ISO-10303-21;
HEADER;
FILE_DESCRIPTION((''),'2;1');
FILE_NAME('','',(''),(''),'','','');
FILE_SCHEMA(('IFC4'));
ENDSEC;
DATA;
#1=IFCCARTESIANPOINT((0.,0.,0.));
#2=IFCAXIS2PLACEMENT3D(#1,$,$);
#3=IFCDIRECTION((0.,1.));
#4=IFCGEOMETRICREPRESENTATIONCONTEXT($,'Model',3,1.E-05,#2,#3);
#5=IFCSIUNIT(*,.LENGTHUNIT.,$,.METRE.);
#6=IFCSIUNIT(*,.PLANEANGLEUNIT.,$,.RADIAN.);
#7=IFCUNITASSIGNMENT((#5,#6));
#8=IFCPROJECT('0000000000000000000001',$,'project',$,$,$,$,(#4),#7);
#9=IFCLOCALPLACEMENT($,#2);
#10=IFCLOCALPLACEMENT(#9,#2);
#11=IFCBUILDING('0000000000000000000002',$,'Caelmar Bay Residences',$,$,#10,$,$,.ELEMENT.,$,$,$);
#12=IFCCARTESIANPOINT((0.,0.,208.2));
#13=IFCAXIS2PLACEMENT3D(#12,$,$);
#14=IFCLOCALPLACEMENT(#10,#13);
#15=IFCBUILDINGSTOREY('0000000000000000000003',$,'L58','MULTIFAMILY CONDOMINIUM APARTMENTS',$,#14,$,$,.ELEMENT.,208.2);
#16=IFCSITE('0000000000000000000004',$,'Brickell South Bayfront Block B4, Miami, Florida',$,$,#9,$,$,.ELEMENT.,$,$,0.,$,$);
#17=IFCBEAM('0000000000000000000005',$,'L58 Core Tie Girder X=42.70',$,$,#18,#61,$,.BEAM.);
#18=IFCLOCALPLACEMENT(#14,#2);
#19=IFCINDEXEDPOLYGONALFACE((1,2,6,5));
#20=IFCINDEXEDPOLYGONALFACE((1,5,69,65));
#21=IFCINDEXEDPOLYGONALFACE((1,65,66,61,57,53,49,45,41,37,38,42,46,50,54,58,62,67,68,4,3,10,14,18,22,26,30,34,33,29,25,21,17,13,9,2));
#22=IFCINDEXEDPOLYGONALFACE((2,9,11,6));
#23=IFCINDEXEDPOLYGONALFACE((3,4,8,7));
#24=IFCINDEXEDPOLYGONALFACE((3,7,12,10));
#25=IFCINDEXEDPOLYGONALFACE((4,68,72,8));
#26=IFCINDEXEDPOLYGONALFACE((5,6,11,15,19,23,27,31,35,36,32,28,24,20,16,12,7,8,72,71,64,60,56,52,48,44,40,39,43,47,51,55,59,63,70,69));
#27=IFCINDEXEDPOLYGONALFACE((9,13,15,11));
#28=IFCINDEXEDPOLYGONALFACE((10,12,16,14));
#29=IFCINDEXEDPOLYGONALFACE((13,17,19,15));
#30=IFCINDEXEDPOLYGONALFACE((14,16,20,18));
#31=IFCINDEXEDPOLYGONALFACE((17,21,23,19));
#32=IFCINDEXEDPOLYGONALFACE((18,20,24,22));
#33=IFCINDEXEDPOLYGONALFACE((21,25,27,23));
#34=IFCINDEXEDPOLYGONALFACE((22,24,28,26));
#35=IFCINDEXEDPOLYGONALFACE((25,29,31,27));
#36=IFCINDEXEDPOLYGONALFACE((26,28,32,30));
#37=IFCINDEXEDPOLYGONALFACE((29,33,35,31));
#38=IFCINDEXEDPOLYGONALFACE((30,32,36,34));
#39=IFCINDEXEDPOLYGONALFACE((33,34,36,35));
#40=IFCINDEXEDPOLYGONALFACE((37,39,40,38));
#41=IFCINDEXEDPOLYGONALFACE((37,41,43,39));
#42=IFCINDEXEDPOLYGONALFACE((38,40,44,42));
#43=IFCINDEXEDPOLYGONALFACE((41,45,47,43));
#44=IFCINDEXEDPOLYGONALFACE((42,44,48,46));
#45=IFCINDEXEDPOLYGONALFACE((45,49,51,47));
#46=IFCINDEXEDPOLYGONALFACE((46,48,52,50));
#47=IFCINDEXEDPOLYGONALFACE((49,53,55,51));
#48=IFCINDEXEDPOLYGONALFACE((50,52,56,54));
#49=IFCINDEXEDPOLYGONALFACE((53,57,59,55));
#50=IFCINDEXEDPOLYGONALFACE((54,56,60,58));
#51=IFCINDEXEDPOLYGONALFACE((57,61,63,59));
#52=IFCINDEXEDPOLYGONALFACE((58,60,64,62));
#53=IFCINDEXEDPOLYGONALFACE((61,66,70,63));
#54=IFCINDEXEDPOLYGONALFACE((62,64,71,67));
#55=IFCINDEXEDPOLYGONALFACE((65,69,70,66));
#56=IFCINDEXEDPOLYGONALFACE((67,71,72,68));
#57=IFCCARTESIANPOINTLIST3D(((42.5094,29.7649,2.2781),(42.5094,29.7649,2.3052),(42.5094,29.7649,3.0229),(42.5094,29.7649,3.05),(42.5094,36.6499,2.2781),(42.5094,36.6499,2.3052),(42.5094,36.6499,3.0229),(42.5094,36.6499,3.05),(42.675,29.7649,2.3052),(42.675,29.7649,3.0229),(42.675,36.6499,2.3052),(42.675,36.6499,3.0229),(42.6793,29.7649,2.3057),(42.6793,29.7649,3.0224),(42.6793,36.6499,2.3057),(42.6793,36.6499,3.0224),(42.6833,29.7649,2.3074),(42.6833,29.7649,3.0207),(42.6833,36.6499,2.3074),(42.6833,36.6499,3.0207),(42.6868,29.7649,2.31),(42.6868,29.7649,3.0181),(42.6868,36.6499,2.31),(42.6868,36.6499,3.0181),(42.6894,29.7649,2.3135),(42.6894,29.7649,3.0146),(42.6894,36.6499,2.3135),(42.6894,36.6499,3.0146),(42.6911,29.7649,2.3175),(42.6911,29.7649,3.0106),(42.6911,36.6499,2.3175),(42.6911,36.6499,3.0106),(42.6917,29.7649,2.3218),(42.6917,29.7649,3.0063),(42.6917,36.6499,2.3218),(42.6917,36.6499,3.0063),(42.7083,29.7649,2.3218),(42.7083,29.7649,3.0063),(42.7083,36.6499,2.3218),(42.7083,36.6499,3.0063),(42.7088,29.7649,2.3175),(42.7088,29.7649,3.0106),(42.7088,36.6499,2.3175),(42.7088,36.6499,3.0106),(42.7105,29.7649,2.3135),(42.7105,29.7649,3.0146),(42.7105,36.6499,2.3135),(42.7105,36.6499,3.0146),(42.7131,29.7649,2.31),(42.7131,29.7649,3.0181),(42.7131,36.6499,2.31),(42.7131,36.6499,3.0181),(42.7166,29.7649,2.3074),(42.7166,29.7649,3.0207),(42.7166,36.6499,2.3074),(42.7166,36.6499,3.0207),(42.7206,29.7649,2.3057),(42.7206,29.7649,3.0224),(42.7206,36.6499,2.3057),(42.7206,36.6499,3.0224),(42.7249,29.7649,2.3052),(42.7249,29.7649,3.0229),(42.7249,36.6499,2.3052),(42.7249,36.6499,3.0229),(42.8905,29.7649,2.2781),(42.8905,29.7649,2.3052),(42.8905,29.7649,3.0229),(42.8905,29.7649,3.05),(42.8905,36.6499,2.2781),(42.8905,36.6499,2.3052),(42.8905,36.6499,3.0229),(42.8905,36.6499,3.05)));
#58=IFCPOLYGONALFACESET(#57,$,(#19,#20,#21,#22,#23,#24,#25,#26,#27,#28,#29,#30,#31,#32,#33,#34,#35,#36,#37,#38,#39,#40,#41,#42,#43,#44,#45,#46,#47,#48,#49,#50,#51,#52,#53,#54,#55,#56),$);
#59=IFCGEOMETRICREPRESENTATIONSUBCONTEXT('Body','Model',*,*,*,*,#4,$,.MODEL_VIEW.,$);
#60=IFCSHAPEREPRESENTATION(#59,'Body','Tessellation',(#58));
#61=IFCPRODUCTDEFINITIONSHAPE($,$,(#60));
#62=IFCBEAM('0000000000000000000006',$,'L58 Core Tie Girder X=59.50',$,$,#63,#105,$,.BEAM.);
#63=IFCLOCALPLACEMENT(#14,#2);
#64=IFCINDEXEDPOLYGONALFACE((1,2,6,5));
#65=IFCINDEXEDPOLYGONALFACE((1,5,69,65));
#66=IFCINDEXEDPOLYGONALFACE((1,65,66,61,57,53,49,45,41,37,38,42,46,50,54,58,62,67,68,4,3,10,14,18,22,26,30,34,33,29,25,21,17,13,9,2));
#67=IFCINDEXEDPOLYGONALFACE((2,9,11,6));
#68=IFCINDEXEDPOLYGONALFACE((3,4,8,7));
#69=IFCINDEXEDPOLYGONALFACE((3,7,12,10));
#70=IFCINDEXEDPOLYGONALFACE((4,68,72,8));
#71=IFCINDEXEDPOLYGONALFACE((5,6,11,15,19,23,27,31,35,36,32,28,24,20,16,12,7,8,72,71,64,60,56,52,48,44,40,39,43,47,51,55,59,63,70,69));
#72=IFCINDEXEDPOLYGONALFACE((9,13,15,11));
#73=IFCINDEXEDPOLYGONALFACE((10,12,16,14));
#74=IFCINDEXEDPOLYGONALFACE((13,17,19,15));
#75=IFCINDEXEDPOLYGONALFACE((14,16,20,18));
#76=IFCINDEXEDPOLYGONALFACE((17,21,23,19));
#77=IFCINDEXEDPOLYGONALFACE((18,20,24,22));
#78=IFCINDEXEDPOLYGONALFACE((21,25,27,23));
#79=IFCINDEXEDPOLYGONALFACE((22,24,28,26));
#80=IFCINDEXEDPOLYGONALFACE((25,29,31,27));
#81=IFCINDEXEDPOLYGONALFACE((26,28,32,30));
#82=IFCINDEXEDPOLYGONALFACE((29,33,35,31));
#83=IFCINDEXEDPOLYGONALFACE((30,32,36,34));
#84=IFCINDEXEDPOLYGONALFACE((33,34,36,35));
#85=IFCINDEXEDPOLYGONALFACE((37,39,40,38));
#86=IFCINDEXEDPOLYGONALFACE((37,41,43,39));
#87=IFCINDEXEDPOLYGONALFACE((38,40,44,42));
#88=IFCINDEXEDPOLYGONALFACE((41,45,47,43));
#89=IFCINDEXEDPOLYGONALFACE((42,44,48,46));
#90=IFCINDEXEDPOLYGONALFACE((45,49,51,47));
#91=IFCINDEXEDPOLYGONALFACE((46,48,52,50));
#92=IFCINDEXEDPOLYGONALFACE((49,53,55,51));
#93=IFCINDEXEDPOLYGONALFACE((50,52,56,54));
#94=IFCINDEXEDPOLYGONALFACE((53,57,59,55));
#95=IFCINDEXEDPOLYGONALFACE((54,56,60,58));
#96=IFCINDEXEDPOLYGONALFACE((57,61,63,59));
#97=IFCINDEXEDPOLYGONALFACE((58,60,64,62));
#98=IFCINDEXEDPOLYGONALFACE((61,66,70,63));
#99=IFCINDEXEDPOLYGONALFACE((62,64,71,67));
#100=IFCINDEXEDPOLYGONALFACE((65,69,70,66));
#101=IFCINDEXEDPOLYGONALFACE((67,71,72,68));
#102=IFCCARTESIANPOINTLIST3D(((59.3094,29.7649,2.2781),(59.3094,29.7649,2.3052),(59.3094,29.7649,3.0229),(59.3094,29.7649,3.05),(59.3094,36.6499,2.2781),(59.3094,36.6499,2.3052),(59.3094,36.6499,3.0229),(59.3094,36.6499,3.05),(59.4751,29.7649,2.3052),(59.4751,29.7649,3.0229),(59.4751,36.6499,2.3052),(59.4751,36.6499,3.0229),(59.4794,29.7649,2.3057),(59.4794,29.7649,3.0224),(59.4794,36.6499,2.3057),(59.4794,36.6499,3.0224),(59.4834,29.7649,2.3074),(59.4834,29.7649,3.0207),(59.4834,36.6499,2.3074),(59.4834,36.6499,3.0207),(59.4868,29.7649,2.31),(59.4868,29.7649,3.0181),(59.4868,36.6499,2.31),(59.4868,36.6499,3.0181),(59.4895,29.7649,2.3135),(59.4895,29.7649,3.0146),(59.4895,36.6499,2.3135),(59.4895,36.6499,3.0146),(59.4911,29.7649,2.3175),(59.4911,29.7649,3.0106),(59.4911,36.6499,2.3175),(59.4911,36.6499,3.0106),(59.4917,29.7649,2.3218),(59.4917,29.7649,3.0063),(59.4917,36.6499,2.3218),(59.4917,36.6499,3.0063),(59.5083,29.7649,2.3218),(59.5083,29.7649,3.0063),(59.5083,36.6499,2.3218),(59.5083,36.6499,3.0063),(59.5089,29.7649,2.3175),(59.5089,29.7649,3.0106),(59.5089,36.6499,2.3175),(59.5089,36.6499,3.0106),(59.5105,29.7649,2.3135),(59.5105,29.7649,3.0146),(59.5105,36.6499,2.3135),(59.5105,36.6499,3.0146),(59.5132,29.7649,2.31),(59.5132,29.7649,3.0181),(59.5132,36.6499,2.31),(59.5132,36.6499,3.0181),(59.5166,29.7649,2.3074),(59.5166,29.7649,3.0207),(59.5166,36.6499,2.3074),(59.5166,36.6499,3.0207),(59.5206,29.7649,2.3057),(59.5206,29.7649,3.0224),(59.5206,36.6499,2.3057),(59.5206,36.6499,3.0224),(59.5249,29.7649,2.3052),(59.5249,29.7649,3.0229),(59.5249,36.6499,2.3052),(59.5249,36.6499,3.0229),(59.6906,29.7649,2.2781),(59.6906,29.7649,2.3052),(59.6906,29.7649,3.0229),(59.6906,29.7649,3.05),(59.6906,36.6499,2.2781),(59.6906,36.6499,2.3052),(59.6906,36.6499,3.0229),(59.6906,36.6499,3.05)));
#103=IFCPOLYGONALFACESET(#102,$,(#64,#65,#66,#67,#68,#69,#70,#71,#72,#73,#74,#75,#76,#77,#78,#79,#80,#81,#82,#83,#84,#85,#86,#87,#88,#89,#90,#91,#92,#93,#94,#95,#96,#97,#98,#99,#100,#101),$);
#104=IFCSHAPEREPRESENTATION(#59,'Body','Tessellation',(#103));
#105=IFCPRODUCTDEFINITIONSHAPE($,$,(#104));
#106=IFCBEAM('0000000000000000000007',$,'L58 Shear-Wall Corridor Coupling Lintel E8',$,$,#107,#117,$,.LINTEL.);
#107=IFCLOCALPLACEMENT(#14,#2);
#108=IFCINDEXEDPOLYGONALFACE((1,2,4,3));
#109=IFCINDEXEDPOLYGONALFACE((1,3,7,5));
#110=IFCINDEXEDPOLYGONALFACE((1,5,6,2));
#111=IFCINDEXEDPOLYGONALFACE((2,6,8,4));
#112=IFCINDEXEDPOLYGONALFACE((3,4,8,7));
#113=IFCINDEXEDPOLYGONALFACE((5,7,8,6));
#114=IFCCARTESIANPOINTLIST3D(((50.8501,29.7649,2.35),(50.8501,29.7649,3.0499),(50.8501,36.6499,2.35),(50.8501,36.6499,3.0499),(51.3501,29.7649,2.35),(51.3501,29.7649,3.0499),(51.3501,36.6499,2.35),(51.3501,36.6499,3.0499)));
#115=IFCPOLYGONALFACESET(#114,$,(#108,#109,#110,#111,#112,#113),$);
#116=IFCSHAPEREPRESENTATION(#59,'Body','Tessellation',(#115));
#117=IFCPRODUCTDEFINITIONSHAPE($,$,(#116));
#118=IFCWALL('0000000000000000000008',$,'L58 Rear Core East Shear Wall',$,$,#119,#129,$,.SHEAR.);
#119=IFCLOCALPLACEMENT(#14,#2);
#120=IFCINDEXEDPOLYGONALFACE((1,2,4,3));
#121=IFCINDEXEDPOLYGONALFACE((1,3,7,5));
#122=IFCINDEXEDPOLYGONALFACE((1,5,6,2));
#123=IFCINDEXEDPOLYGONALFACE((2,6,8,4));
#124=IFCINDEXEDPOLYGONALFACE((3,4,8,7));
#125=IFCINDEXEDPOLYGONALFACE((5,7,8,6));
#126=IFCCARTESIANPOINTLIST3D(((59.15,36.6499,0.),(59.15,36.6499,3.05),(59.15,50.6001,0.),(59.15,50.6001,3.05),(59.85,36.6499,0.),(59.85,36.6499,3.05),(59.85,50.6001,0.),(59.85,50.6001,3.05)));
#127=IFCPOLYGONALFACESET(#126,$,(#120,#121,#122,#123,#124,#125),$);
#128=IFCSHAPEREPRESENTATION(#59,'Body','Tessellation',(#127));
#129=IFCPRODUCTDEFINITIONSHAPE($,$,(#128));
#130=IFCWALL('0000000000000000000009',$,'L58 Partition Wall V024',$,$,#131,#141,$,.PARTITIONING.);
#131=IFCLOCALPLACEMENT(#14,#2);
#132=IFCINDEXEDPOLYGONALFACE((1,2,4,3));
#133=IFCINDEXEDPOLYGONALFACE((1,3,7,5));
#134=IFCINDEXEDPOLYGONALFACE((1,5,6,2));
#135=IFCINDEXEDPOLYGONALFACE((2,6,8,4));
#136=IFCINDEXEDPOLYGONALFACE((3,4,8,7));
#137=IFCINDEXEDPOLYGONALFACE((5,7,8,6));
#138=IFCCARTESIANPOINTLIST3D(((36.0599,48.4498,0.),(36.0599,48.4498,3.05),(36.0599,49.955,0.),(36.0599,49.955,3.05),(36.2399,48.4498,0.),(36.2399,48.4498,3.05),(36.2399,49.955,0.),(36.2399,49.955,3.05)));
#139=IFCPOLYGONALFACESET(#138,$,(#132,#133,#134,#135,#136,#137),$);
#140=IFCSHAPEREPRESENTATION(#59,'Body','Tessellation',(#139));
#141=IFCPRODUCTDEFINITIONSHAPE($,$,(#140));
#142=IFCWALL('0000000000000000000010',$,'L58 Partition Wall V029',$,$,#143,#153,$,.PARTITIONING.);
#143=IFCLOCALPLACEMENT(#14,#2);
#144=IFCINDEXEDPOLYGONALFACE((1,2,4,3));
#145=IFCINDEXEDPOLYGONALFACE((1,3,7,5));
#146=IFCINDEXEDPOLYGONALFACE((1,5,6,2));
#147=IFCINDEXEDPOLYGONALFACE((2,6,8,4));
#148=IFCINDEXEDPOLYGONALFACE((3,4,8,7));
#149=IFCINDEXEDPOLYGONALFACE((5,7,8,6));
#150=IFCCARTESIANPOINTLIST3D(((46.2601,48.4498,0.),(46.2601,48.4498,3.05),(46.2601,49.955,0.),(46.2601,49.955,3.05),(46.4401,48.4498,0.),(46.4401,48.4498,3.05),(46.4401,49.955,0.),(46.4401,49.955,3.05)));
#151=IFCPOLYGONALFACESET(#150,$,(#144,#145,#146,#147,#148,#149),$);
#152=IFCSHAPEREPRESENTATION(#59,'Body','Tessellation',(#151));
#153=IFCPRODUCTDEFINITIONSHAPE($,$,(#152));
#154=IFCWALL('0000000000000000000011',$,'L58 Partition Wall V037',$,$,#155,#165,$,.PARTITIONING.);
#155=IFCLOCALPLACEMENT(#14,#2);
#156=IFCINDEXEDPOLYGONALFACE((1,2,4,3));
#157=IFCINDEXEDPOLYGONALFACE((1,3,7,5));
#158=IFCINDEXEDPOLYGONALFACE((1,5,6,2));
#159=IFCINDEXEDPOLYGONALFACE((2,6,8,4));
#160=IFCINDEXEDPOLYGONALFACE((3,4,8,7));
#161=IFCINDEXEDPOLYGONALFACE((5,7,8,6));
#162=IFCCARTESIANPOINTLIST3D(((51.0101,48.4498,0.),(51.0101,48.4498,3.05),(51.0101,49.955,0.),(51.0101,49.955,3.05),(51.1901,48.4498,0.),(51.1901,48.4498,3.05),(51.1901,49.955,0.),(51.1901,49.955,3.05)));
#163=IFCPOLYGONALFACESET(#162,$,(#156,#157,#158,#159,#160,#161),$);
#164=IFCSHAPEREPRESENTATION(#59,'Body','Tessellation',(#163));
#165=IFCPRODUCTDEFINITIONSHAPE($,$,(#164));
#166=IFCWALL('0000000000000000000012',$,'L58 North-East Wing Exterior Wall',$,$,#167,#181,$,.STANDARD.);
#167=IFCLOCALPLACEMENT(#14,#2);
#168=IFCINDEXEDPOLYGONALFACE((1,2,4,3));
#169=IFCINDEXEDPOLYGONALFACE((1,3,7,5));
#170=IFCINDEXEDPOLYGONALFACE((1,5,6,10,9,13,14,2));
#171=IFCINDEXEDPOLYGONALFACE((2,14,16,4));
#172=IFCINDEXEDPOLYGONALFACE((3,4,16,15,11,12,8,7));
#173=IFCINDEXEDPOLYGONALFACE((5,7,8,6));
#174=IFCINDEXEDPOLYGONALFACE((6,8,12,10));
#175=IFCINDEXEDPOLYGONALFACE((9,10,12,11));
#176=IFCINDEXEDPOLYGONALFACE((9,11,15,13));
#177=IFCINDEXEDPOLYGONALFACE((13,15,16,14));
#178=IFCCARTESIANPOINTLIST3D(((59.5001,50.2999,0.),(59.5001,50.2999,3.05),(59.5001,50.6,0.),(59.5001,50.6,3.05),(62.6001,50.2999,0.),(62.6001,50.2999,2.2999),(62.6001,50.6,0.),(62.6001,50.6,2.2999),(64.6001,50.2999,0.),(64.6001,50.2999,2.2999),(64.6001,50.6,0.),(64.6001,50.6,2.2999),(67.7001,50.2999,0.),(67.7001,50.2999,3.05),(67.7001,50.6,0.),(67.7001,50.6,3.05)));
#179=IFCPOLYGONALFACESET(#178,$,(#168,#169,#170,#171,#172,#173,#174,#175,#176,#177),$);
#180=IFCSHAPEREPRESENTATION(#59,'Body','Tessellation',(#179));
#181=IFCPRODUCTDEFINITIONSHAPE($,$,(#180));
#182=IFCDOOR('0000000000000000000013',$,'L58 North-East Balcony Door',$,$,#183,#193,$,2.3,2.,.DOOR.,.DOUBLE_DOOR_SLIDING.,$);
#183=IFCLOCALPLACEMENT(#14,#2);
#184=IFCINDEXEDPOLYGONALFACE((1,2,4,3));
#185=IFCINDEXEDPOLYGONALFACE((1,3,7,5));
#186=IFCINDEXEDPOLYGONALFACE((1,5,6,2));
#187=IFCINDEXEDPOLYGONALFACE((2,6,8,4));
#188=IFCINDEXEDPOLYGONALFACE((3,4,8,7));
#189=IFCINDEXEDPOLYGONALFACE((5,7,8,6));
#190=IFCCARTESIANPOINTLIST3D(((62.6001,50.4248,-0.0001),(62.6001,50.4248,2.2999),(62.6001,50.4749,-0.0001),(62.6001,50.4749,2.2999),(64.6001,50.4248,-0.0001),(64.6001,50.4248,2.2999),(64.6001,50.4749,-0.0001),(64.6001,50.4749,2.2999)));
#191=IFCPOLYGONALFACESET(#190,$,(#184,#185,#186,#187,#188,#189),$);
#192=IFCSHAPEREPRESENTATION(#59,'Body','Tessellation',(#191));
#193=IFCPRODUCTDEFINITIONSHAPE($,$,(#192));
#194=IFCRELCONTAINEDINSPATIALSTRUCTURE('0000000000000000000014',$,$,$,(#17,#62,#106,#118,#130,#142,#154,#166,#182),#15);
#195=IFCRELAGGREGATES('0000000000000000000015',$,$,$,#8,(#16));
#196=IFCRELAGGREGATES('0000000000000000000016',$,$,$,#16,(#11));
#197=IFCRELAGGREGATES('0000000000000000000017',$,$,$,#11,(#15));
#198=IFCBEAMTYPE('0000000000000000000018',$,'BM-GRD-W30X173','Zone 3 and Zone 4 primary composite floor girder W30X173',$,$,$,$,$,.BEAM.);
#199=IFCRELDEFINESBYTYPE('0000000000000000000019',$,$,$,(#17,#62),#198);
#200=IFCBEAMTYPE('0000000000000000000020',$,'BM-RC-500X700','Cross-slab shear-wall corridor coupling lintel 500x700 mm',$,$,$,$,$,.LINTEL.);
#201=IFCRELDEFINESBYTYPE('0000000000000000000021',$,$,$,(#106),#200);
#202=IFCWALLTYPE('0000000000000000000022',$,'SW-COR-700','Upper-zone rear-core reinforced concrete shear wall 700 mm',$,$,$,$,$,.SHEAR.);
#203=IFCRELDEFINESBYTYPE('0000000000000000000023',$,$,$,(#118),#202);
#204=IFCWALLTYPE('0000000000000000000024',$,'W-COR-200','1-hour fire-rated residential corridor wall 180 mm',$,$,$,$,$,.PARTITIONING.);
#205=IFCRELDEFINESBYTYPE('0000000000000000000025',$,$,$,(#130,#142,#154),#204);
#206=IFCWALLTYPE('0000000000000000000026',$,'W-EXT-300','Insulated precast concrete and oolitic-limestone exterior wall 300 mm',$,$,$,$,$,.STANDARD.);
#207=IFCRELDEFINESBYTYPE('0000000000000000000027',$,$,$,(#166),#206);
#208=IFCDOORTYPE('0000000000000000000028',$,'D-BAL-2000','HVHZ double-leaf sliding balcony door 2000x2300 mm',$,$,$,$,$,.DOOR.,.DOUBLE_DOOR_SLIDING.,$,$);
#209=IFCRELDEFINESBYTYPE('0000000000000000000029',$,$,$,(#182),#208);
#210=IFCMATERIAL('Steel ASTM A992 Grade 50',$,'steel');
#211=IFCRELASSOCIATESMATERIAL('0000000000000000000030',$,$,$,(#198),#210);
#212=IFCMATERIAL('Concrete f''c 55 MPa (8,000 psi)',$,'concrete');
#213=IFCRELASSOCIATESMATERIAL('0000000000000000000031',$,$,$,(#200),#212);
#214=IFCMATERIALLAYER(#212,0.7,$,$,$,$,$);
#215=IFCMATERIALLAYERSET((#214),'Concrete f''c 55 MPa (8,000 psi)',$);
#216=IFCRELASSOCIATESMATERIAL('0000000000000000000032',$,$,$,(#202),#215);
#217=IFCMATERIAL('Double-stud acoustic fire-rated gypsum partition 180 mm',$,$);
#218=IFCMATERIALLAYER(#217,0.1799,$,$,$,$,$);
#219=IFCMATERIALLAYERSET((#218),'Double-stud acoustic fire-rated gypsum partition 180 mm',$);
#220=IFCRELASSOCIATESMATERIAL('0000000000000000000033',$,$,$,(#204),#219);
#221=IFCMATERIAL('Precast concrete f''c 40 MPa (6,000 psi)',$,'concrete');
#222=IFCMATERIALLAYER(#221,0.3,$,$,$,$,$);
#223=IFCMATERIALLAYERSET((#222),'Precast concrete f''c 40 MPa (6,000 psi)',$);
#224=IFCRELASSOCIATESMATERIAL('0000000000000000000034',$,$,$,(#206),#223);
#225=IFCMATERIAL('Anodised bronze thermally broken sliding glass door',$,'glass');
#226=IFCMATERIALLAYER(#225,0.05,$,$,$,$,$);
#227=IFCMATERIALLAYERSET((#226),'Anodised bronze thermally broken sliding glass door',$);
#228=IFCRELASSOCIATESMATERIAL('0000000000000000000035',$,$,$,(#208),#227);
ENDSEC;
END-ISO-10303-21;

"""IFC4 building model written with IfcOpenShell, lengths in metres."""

from ifc_helpers import new_model, si_unit, direction, frame, frame_2d, origin, origin_2d, place, context, subcontext, project, spatial, rectangle, i_section, extrude, material, layer, layer_set, material_profile, profile_set, type_object, element, fill, save


model = new_model("IFC4")

# Units and contexts
model_context = context("Model", 3, precision=1e-05, world=origin(), true_north=direction((0.0, 1.0)))
body_context = subcontext(model_context, "Body", "Model", "MODEL_VIEW")
ifc_project = project(units=[si_unit("LENGTHUNIT", "METRE"), si_unit("PLANEANGLEUNIT", "RADIAN")], contexts=[model_context])

# Site, building, storey
site_placement = place(None, origin())
site = spatial("IfcSite", under=ifc_project, at=site_placement, Name="Brickell South Bayfront Block B4, Miami, Florida", CompositionType="ELEMENT", RefElevation=0.0)
building_placement = place(site_placement, origin())
building = spatial("IfcBuilding", under=site, at=building_placement, Name="Caelmar Bay Residences", CompositionType="ELEMENT")
storey_placement = place(building_placement, frame((0.0, 0.0, 208.2)))
storey = spatial("IfcBuildingStorey", under=building, at=storey_placement, Name="L58", Description="MULTIFAMILY CONDOMINIUM APARTMENTS", CompositionType="ELEMENT", Elevation=208.2)

# Beams
ifc_material_1 = material(Name="Steel ASTM A992 Grade 50", Category="steel")
ifc_material_profile_1 = material_profile(ifc_material_1, i_section(OverallWidth=0.3811, OverallDepth=0.772, WebThickness=0.0166, FlangeThickness=0.0271, FilletRadius=0.0166, at=origin_2d()), Name="W30X173")
ifc_profile_set_1 = profile_set([ifc_material_profile_1], Name="Steel ASTM A992 Grade 50")
beam_type_1 = type_object("IfcBeamType", Name="BM-GRD-W30X173", Description="Zone 3 and Zone 4 primary composite floor girder W30X173", PredefinedType="BEAM", material=ifc_profile_set_1)
for number, where, z_axis, x_axis, name in (
    (1, (42.7, 29.7649, 2.6641), (0.0, 1.0, 0.0), (-1.0, 0.0, 0.0), "L58 Core Tie Girder X=42.70"),
    (2, (59.5, 29.7649, 2.6641), (0.0, 1.0, 0.0), (-1.0, 0.0, 0.0), "L58 Core Tie Girder X=59.50"),
):
    element("IfcBeam", number, at=place(storey_placement, frame(where, z_axis=z_axis, x_axis=x_axis)), inside=storey, type_object=beam_type_1, Name=name, PredefinedType="BEAM", context=body_context, shape_type="SweptSolid", body=[
        extrude(i_section(OverallWidth=0.3811, OverallDepth=0.772, WebThickness=0.0166, FlangeThickness=0.0271, FilletRadius=0.0166, at=origin_2d()), origin(), (0.0, 0.0, 1.0), 6.885),
    ])
ifc_material_2 = material(Name="Concrete f'c 55 MPa (8,000 psi)", Category="concrete")
ifc_material_profile_2 = material_profile(ifc_material_2, rectangle(XDim=0.5, YDim=0.7, at=origin_2d()), Name="RC-BM-500X700")
ifc_profile_set_2 = profile_set([ifc_material_profile_2], Name="Concrete f'c 55 MPa (8,000 psi)")
beam_type_2 = type_object("IfcBeamType", Name="BM-RC-500X700", Description="Cross-slab shear-wall corridor coupling lintel 500x700 mm", PredefinedType="LINTEL", material=ifc_profile_set_2)
beam_placement = place(storey_placement, frame((51.1001, 29.7649, 2.7), z_axis=(0.0, 1.0, 0.0), x_axis=(-1.0, 0.0, 0.0)))
element("IfcBeam", 3, at=beam_placement, inside=storey, type_object=beam_type_2, Name="L58 Shear-Wall Corridor Coupling Lintel E8", PredefinedType="LINTEL", context=body_context, shape_type="SweptSolid", body=[
    extrude(rectangle(XDim=0.5, YDim=0.7, at=origin_2d()), origin(), (0.0, 0.0, 1.0), 6.885),
])

# Wall
ifc_layer_1 = layer(ifc_material_2, 0.7)
ifc_layer_set_1 = layer_set([ifc_layer_1], Name="Concrete f'c 55 MPa (8,000 psi)")
wall_type_1 = type_object("IfcWallType", Name="SW-COR-700", Description="Upper-zone rear-core reinforced concrete shear wall 700 mm", PredefinedType="SHEAR", material=ifc_layer_set_1)
wall_1_placement = place(storey_placement, frame((59.5, 36.6499, 0.0), z_axis=(0.0, 0.0, 1.0), x_axis=(0.0, 1.0, 0.0)))
element("IfcWall", 4, at=wall_1_placement, inside=storey, type_object=wall_type_1, Name="L58 Rear Core East Shear Wall", PredefinedType="SHEAR", context=body_context, shape_type="SweptSolid", body=[
    extrude(rectangle(XDim=13.9502, YDim=0.7, at=frame_2d((6.9751, 0.0))), origin(), (0.0, 0.0, 1.0), 3.05),
])

# Walls
ifc_material_3 = material(Name="Double-stud acoustic fire-rated gypsum partition 180 mm")
ifc_layer_2 = layer(ifc_material_3, 0.1799)
ifc_layer_set_2 = layer_set([ifc_layer_2], Name="Double-stud acoustic fire-rated gypsum partition 180 mm")
wall_type_2 = type_object("IfcWallType", Name="W-COR-200", Description="1-hour fire-rated residential corridor wall 180 mm", PredefinedType="PARTITIONING", material=ifc_layer_set_2)
for number, where, z_axis, x_axis, name in (
    (5, (36.1499, 48.45, 0.0), (0.0, 0.0, 1.0), (0.0, 1.0, 0.0), "L58 Partition Wall V024"),
    (6, (46.3501, 48.45, 0.0), (0.0, 0.0, 1.0), (0.0, 1.0, 0.0), "L58 Partition Wall V029"),
    (7, (51.1001, 48.45, 0.0), (0.0, 0.0, 1.0), (0.0, 1.0, 0.0), "L58 Partition Wall V037"),
):
    element("IfcWall", number, at=place(storey_placement, frame(where, z_axis=z_axis, x_axis=x_axis)), inside=storey, type_object=wall_type_2, Name=name, PredefinedType="PARTITIONING", context=body_context, shape_type="SweptSolid", body=[
        extrude(rectangle(XDim=1.5051, YDim=0.1799, at=frame_2d((0.7524, 0.0))), origin(), (0.0, 0.0, 1.0), 3.05),
    ])

# Wall, opening, door
ifc_material_4 = material(Name="Precast concrete f'c 40 MPa (6,000 psi)", Category="concrete")
ifc_layer_3 = layer(ifc_material_4, 0.3)
ifc_layer_set_3 = layer_set([ifc_layer_3], Name="Precast concrete f'c 40 MPa (6,000 psi)")
wall_type_3 = type_object("IfcWallType", Name="W-EXT-300", Description="Insulated precast concrete and oolitic-limestone exterior wall 300 mm", PredefinedType="STANDARD", material=ifc_layer_set_3)
wall_2_placement = place(storey_placement, frame((59.5, 50.45, 0.0), z_axis=(0.0, 0.0, 1.0), x_axis=(1.0, 0.0, 0.0)))
wall_2 = element("IfcWall", 8, at=wall_2_placement, inside=storey, type_object=wall_type_3, Name="L58 North-East Wing Exterior Wall", PredefinedType="STANDARD", context=body_context, shape_type="SweptSolid", body=[
    extrude(rectangle(XDim=8.2, YDim=0.3, at=frame_2d((4.1001, 0.0))), origin(), (0.0, 0.0, 1.0), 3.05),
])
opening_1_placement = place(wall_2_placement, frame((3.1001, 0.0, 0.0)))
opening_1 = element("IfcOpeningElement", 9, at=opening_1_placement, cuts=wall_2, PredefinedType="OPENING", context=body_context, shape_type="SweptSolid", body=[
    extrude(rectangle(XDim=2.0, YDim=2.3, at=frame_2d((1.0, 1.1499))), frame((0.0, 0.1599, 0.0), z_axis=(0.0, -1.0, 0.0), x_axis=(1.0, 0.0, 0.0)), (0.0, 0.0, 1.0), 0.3201),
])
ifc_material_5 = material(Name="Anodised bronze thermally broken sliding glass door", Category="glass")
ifc_layer_4 = layer(ifc_material_5, 0.05)
ifc_layer_set_4 = layer_set([ifc_layer_4], Name="Anodised bronze thermally broken sliding glass door")
door_type_1 = type_object("IfcDoorType", Name="D-BAL-2000", Description="HVHZ double-leaf sliding balcony door 2000x2300 mm", OperationType="DOUBLE_DOOR_SLIDING", PredefinedType="DOOR", material=ifc_layer_set_4)
door_1_placement = place(opening_1_placement, origin())
door_1 = element("IfcDoor", 10, at=door_1_placement, inside=storey, type_object=door_type_1, Name="L58 North-East Balcony Door", OperationType="DOUBLE_DOOR_SLIDING", OverallHeight=2.3, OverallWidth=2.0, PredefinedType="DOOR", context=body_context, shape_type="SweptSolid", body=[
    extrude(rectangle(XDim=2.0, YDim=2.3, at=frame_2d((1.0, 1.1499))), frame((0.0, 0.0249, 0.0), z_axis=(0.0, -1.0, 0.0), x_axis=(1.0, 0.0, 0.0)), (0.0, 0.0, 1.0), 0.05),
])
fill(opening_1, door_1)

save(model, "model.ifc")
